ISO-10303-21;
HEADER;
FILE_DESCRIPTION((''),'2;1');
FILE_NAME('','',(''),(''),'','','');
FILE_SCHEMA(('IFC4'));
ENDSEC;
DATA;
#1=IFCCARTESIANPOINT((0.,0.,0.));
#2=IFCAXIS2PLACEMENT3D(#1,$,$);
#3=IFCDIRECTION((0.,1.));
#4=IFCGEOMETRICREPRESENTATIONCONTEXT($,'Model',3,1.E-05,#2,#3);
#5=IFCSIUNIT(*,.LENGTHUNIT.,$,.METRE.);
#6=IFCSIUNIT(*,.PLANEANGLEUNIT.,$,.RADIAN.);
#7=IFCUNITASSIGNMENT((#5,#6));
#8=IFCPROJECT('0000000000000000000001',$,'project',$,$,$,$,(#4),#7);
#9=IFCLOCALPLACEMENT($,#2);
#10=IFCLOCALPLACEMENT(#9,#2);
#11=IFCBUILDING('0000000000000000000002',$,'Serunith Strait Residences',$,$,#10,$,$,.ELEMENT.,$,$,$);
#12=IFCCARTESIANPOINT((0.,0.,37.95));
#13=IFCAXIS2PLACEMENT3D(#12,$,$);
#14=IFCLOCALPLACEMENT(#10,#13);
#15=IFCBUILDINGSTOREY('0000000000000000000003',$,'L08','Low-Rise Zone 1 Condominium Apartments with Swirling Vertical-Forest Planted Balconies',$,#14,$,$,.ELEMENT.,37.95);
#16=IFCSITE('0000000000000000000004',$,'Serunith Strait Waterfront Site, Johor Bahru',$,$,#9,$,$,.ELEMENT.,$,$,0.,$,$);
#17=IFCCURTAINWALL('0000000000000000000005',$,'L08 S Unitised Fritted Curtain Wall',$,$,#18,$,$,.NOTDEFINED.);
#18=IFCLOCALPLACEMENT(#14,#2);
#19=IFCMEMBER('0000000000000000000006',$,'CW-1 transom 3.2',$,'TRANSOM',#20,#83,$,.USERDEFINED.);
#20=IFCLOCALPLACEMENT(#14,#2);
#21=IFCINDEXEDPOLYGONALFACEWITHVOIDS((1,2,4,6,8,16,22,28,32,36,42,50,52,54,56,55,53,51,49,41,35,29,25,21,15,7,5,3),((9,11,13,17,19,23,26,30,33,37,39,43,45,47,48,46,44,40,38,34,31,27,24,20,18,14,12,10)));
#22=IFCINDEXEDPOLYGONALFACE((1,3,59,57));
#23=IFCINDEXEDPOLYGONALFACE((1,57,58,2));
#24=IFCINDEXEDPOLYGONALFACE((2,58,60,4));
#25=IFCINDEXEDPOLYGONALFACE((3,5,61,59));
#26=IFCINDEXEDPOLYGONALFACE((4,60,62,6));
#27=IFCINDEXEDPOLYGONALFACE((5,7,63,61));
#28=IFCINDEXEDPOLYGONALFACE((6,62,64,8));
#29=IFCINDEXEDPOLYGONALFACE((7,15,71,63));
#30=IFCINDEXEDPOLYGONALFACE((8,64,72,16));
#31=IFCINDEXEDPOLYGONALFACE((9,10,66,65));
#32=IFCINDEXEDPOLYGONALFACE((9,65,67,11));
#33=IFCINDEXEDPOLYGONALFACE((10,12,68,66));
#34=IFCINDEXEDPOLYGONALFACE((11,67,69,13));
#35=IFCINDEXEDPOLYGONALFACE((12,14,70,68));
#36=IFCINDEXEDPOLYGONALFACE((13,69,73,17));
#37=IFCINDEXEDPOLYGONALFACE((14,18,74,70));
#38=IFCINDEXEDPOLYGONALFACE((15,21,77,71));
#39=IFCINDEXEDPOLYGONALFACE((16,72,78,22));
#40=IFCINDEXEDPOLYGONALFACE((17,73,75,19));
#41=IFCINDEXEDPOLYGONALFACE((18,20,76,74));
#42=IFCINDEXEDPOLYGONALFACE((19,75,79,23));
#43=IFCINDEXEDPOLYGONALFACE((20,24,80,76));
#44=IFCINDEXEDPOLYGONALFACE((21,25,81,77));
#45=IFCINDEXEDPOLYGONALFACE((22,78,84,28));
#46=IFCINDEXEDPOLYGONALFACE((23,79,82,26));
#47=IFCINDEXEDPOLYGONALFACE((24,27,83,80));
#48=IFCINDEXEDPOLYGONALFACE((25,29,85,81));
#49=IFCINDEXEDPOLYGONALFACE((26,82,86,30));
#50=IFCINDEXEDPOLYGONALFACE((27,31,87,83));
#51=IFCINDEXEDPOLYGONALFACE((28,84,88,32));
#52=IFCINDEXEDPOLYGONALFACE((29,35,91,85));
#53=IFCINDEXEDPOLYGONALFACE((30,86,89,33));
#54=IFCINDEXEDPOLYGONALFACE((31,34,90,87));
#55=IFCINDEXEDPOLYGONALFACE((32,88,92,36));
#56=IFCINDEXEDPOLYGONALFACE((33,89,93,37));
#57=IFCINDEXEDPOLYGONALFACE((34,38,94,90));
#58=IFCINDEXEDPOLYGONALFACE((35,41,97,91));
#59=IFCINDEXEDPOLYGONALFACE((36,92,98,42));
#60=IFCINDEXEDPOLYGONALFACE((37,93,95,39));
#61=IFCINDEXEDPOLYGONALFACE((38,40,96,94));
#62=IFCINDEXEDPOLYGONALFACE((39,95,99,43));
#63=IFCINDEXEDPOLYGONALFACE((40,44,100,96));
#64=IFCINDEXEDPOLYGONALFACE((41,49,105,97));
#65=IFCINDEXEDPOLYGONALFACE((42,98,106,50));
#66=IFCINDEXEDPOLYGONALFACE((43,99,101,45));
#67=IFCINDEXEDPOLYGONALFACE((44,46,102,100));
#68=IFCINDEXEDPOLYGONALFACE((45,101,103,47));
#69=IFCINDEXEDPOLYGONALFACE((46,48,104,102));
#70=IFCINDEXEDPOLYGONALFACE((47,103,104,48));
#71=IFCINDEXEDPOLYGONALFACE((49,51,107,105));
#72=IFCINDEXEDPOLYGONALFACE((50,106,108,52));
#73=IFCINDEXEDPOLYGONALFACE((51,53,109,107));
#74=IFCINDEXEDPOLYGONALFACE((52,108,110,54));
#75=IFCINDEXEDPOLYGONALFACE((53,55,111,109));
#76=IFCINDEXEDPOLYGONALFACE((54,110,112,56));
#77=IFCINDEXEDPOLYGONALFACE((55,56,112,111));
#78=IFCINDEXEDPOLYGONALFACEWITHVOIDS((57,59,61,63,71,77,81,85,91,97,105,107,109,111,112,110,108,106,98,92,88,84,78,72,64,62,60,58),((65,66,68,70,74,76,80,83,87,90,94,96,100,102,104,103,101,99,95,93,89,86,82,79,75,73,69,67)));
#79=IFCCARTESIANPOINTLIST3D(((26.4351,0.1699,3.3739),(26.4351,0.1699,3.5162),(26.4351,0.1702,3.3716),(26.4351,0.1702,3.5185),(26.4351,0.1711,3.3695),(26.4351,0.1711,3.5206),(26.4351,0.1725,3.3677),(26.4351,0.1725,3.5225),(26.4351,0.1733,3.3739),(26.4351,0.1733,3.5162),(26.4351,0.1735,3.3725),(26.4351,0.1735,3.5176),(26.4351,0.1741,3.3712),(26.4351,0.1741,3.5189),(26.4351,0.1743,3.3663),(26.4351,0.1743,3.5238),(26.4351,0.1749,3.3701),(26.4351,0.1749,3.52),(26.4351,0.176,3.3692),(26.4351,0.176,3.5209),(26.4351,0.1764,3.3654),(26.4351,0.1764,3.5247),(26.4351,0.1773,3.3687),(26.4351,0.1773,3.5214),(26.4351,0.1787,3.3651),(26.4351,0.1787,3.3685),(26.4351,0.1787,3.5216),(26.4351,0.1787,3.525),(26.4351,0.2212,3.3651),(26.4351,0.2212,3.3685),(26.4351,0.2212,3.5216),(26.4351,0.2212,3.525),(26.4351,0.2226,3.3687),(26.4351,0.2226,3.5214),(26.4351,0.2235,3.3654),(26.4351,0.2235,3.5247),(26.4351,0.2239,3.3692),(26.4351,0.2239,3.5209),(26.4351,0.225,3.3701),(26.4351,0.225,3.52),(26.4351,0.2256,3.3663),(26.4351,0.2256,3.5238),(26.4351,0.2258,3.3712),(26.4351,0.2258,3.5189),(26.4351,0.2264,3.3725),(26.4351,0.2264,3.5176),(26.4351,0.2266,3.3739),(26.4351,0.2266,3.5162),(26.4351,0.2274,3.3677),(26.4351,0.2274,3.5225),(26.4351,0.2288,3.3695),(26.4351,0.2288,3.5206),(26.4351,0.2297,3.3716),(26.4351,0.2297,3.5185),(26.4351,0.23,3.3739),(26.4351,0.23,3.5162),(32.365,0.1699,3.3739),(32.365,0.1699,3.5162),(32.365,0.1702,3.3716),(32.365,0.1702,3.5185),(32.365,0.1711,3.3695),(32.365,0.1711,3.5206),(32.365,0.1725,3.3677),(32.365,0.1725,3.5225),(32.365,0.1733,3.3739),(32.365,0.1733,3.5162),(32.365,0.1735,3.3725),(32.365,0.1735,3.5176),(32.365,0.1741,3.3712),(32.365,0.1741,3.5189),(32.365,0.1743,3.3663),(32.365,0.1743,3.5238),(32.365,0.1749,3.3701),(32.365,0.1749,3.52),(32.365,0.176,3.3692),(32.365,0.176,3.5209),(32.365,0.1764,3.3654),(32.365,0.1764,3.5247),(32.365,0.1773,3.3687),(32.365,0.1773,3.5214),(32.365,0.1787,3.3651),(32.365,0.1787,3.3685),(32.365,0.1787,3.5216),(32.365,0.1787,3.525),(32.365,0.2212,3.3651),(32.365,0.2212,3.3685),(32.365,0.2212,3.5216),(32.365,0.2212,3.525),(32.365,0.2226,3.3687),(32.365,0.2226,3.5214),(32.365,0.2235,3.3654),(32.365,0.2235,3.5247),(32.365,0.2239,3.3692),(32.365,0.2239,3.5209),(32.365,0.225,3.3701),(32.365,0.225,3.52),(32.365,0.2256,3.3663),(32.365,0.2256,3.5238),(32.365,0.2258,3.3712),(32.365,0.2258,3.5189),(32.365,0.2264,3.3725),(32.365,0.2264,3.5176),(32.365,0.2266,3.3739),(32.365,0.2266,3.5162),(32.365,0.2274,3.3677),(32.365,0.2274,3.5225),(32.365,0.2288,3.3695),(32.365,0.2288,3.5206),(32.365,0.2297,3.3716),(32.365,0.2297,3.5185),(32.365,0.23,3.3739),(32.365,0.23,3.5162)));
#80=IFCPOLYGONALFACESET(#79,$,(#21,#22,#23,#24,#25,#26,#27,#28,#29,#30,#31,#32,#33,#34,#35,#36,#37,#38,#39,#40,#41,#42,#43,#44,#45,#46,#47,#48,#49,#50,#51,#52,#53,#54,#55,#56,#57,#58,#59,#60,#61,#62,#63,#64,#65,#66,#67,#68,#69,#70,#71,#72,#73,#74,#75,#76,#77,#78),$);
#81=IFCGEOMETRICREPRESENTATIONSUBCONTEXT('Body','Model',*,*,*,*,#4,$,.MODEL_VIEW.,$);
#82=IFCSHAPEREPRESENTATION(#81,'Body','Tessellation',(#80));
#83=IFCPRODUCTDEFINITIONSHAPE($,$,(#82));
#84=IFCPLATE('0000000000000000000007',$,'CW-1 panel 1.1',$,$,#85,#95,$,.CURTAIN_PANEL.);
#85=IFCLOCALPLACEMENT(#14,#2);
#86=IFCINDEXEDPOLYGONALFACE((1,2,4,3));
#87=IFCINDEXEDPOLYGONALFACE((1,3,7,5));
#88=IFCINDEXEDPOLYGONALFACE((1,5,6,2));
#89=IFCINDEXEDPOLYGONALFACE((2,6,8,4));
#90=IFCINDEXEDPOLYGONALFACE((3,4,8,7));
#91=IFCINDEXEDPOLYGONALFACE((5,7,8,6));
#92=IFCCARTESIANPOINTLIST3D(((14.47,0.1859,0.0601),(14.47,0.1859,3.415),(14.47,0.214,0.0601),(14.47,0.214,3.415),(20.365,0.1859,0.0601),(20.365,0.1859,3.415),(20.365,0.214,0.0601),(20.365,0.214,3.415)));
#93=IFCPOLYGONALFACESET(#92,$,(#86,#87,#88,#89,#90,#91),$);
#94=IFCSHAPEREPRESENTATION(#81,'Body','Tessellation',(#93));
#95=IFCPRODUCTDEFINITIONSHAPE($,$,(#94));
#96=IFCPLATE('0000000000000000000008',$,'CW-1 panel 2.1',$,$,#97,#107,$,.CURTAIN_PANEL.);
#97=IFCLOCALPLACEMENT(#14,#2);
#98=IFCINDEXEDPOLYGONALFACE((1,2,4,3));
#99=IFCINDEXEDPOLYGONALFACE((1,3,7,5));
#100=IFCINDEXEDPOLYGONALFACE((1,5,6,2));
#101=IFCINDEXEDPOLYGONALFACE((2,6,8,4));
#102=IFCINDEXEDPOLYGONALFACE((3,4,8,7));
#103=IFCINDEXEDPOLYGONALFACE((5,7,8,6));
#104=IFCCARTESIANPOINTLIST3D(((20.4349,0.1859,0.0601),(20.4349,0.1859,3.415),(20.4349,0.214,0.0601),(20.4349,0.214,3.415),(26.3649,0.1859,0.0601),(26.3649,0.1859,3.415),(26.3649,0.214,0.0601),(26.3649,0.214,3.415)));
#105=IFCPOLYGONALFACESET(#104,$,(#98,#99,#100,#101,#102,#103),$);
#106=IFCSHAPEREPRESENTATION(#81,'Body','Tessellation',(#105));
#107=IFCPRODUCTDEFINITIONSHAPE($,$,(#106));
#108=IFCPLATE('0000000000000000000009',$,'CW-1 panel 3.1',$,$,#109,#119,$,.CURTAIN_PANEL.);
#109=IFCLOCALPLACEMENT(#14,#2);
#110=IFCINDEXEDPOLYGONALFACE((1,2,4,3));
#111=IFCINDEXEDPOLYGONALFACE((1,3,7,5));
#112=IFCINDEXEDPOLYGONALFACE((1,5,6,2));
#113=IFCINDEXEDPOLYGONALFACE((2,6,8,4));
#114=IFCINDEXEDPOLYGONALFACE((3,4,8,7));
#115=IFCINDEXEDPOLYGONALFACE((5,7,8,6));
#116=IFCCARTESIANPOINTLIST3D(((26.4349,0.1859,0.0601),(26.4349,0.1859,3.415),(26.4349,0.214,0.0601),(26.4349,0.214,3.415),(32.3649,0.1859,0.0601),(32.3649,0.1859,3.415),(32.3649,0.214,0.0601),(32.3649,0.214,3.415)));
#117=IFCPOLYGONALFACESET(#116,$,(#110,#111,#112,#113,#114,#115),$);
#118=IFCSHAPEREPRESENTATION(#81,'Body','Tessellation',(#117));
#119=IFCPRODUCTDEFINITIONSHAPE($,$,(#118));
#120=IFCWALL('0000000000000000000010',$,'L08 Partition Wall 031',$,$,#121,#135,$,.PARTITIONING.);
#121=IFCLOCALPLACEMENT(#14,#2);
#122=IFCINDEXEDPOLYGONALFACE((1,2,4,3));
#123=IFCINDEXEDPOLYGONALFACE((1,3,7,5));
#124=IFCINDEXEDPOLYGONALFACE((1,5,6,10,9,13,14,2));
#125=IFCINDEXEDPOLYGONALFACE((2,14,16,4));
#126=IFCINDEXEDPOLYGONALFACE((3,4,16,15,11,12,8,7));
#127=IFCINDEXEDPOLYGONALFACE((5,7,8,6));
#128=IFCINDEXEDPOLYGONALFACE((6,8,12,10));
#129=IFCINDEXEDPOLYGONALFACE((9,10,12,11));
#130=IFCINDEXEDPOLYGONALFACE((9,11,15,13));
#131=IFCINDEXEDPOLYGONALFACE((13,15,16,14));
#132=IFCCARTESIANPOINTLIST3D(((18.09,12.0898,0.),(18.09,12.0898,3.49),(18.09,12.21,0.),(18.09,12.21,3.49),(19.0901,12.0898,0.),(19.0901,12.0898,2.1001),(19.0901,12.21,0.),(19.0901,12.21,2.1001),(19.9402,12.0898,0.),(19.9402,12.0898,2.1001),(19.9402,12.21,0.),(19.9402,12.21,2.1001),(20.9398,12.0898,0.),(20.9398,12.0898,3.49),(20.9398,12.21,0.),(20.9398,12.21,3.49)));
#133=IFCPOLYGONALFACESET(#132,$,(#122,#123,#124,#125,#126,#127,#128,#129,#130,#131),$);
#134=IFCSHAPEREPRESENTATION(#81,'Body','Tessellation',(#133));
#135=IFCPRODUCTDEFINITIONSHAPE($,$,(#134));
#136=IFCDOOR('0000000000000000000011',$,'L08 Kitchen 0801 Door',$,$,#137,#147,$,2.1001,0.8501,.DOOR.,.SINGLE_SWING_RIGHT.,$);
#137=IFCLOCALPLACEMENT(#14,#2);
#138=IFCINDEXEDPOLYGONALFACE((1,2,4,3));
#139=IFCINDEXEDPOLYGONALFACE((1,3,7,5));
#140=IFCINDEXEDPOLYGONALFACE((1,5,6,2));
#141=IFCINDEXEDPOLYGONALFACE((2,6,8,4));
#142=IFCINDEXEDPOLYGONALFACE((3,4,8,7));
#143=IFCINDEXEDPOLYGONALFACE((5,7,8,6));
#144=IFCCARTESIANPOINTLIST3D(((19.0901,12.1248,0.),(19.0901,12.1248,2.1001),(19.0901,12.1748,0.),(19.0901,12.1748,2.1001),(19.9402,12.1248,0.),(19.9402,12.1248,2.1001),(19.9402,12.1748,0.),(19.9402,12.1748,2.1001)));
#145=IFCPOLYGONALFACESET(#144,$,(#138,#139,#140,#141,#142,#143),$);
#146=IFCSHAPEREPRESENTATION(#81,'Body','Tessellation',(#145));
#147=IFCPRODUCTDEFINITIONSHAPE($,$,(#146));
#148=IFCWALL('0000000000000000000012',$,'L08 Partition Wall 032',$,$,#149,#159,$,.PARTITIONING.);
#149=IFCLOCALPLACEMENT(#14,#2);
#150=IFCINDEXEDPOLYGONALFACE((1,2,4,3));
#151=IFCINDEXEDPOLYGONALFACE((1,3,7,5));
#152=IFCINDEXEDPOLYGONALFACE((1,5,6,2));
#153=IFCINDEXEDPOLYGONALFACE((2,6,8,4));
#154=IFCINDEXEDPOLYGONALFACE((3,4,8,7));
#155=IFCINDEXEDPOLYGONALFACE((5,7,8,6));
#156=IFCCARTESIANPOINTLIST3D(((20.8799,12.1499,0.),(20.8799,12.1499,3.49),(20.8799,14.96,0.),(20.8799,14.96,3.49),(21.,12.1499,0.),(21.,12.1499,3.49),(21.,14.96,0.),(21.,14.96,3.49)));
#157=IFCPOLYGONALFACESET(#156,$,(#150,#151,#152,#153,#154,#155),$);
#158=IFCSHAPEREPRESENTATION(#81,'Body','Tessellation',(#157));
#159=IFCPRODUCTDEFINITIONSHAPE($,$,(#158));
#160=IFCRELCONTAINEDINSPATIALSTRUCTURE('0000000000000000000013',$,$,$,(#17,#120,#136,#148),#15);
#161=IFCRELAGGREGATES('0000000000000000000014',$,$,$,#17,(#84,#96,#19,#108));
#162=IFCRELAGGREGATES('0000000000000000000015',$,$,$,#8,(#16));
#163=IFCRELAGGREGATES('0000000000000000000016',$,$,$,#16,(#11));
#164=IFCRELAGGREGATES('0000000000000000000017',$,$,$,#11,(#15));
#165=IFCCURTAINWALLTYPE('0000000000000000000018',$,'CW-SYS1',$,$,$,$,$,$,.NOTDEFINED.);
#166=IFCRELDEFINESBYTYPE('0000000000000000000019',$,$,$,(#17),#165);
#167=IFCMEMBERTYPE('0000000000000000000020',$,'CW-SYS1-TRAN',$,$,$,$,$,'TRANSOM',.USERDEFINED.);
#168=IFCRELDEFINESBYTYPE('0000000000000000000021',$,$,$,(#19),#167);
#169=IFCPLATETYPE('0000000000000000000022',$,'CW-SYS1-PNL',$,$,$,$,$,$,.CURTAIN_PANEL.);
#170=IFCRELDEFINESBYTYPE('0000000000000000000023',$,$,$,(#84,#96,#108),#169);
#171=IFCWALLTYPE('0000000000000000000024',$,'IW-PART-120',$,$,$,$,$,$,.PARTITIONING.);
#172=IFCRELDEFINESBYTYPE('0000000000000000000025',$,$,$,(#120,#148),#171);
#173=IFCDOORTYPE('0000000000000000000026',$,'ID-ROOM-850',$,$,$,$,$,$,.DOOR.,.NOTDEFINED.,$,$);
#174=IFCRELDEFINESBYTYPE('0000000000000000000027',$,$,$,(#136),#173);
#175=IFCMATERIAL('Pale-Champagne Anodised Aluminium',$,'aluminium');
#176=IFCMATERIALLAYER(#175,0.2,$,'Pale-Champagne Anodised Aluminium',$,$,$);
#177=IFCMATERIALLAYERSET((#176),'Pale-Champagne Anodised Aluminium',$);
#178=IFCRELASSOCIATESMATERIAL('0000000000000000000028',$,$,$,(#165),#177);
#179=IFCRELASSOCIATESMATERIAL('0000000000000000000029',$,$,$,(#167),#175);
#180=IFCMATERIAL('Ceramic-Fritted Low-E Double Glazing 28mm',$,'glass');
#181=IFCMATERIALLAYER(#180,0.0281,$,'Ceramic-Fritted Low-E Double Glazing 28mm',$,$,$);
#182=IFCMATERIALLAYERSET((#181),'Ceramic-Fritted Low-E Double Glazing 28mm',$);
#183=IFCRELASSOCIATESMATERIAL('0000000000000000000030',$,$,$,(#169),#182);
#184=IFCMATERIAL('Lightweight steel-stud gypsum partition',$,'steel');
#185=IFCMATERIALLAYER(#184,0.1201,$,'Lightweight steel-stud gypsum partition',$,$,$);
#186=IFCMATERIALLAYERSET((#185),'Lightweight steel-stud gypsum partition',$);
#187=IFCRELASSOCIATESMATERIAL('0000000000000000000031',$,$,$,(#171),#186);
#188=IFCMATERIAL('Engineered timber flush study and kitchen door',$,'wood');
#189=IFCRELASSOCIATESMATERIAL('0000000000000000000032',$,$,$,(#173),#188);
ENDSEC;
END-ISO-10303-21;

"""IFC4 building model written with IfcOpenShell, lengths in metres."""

from ifc_helpers import new_model, si_unit, direction, frame, frame_2d, origin, origin_2d, place, context, subcontext, project, spatial, rectangle, hollow_rectangle, extrude, source, transform, mapped, material, layer, layer_set, material_profile, profile_set, type_object, element, fill, aggregate, save


model = new_model("IFC4")

# Units and contexts
model_context = context("Model", 3, precision=1e-05, world=origin(), true_north=direction((0.0, 1.0)))
body_context = subcontext(model_context, "Body", "Model", "MODEL_VIEW")
ifc_project = project(units=[si_unit("LENGTHUNIT", "METRE"), si_unit("PLANEANGLEUNIT", "RADIAN")], contexts=[model_context])

# Site, building, storey
site_placement = place(None, origin())
site = spatial("IfcSite", under=ifc_project, at=site_placement, Name="Serunith Strait Waterfront Site, Johor Bahru", CompositionType="ELEMENT", RefElevation=0.0)
building_placement = place(site_placement, origin())
building = spatial("IfcBuilding", under=site, at=building_placement, Name="Serunith Strait Residences", CompositionType="ELEMENT")
storey_placement = place(building_placement, frame((0.0, 0.0, 37.95)))
storey = spatial("IfcBuildingStorey", under=building, at=storey_placement, Name="L08", Description="Low-Rise Zone 1 Condominium Apartments with Swirling Vertical-Forest Planted Balconies", CompositionType="ELEMENT", Elevation=37.95)

# Curtain wall, member, plates
ifc_material_1 = material(Name="Pale-Champagne Anodised Aluminium", Category="aluminium")
ifc_layer_1 = layer(ifc_material_1, 0.2, Name="Pale-Champagne Anodised Aluminium")
ifc_layer_set_1 = layer_set([ifc_layer_1], Name="Pale-Champagne Anodised Aluminium")
curtain_wall_type = type_object("IfcCurtainWallType", Name="CW-SYS1", PredefinedType="NOTDEFINED", material=ifc_layer_set_1)
curtain_wall_placement = place(storey_placement, origin())
curtain_wall = element("IfcCurtainWall", 1, at=curtain_wall_placement, inside=storey, type_object=curtain_wall_type, Name="L08 S Unitised Fritted Curtain Wall", PredefinedType="NOTDEFINED")
ifc_material_profile_1 = material_profile(ifc_material_1, hollow_rectangle(XDim=0.0601, YDim=0.1599, WallThickness=0.0034, InnerFilletRadius=0.0054, OuterFilletRadius=0.0088, at=origin_2d()), Name="ALU 160x60x3.5")
ifc_profile_set_1 = profile_set([ifc_material_profile_1], Name="Pale-Champagne Anodised Aluminium")
member_type_1 = type_object("IfcMemberType", Name="CW-SYS1-TRAN", ElementType="TRANSOM", PredefinedType="USERDEFINED", material=ifc_profile_set_1)
shared_shape_1 = source(origin(), body_context, "Body", "SweptSolid", [
    extrude(hollow_rectangle(XDim=0.0601, YDim=0.1599, WallThickness=0.0034, InnerFilletRadius=0.0054, OuterFilletRadius=0.0088, at=origin_2d()), origin(), (0.0, 0.0, 1.0), 5.9299),
])
member_1_placement = place(storey_placement, frame((26.4351, 0.2, 3.4451), z_axis=(1.0, 0.0, 0.0), x_axis=(0.0, 1.0, 0.0)))
member_1 = element("IfcMember", 2, at=member_1_placement, type_object=member_type_1, Name="CW-1 transom 3.2", ObjectType="TRANSOM", PredefinedType="USERDEFINED", context=body_context, shape_type="MappedRepresentation", body=[
    mapped(shared_shape_1, transform((0.0, 0.0, 0.0), scale=1.0)),
])
ifc_material_2 = material(Name="Ceramic-Fritted Low-E Double Glazing 28mm", Category="glass")
ifc_layer_2 = layer(ifc_material_2, 0.0281, Name="Ceramic-Fritted Low-E Double Glazing 28mm")
ifc_layer_set_2 = layer_set([ifc_layer_2], Name="Ceramic-Fritted Low-E Double Glazing 28mm")
plate_type = type_object("IfcPlateType", Name="CW-SYS1-PNL", PredefinedType="CURTAIN_PANEL", material=ifc_layer_set_2)
shared_shape_2 = source(origin(), body_context, "Body", "SweptSolid", [
    extrude(rectangle(XDim=5.895, YDim=0.0281, at=origin_2d()), origin(), (0.0, 0.0, 1.0), 3.355),
])
plate_1_placement = place(storey_placement, frame((17.4175, 0.2, 0.0601), z_axis=(0.0, 0.0, 1.0), x_axis=(1.0, 0.0, 0.0)))
plate_1 = element("IfcPlate", 3, at=plate_1_placement, type_object=plate_type, Name="CW-1 panel 1.1", PredefinedType="CURTAIN_PANEL", context=body_context, shape_type="MappedRepresentation", body=[
    mapped(shared_shape_2, transform((0.0, 0.0, 0.0), scale=1.0)),
])
shared_shape_3 = source(origin(), body_context, "Body", "SweptSolid", [
    extrude(rectangle(XDim=5.9299, YDim=0.0281, at=origin_2d()), origin(), (0.0, 0.0, 1.0), 3.355),
])
plate_2_placement = place(storey_placement, frame((23.3999, 0.2, 0.0601), z_axis=(0.0, 0.0, 1.0), x_axis=(1.0, 0.0, 0.0)))
plate_2 = element("IfcPlate", 4, at=plate_2_placement, type_object=plate_type, Name="CW-1 panel 2.1", PredefinedType="CURTAIN_PANEL", context=body_context, shape_type="MappedRepresentation", body=[
    mapped(shared_shape_3, transform((0.0, 0.0, 0.0), scale=1.0)),
])
plate_3_placement = place(storey_placement, frame((29.3999, 0.2, 0.0601), z_axis=(0.0, 0.0, 1.0), x_axis=(1.0, 0.0, 0.0)))
plate_3 = element("IfcPlate", 5, at=plate_3_placement, type_object=plate_type, Name="CW-1 panel 3.1", PredefinedType="CURTAIN_PANEL", context=body_context, shape_type="MappedRepresentation", body=[
    mapped(shared_shape_3, transform((0.0, 0.0, 0.0), scale=1.0)),
])
aggregate(curtain_wall, [plate_1, plate_2, member_1, plate_3])

# Wall, opening, door
ifc_material_3 = material(Name="Lightweight steel-stud gypsum partition", Category="steel")
ifc_layer_3 = layer(ifc_material_3, 0.1201, Name="Lightweight steel-stud gypsum partition")
ifc_layer_set_3 = layer_set([ifc_layer_3], Name="Lightweight steel-stud gypsum partition")
wall_type_1 = type_object("IfcWallType", Name="IW-PART-120", PredefinedType="PARTITIONING", material=ifc_layer_set_3)
wall_1_placement = place(storey_placement, frame((18.0901, 12.1499, 0.0), z_axis=(0.0, 0.0, 1.0), x_axis=(1.0, 0.0, 0.0)))
wall_1 = element("IfcWall", 6, at=wall_1_placement, inside=storey, type_object=wall_type_1, Name="L08 Partition Wall 031", PredefinedType="PARTITIONING", context=body_context, shape_type="SweptSolid", body=[
    extrude(rectangle(XDim=2.8499, YDim=0.1201, at=frame_2d((1.4248, 0.0))), origin(), (0.0, 0.0, 1.0), 3.49),
])
opening_1_placement = place(wall_1_placement, frame((1.0, 0.0, 0.0)))
opening_1 = element("IfcOpeningElement", 7, at=opening_1_placement, cuts=wall_1, PredefinedType="OPENING", context=body_context, shape_type="SweptSolid", body=[
    extrude(rectangle(XDim=0.8501, YDim=2.1001, at=frame_2d((0.425, 1.05))), frame((0.0, 0.0701, 0.0), z_axis=(0.0, -1.0, 0.0), x_axis=(1.0, 0.0, 0.0)), (0.0, 0.0, 1.0), 0.1401),
])
ifc_material_4 = material(Name="Engineered timber flush study and kitchen door", Category="wood")
door_type_1 = type_object("IfcDoorType", Name="ID-ROOM-850", OperationType="NOTDEFINED", PredefinedType="DOOR", material=ifc_material_4)
shared_shape_4 = source(origin(), body_context, "Body", "SweptSolid", [
    extrude(rectangle(XDim=0.8501, YDim=2.1001, at=frame_2d((0.425, 1.05))), frame((0.0, 0.0249, 0.0), z_axis=(0.0, -1.0, 0.0), x_axis=(1.0, 0.0, 0.0)), (0.0, 0.0, 1.0), 0.05),
])
door_1_placement = place(opening_1_placement, origin())
door_1 = element("IfcDoor", 8, at=door_1_placement, inside=storey, type_object=door_type_1, Name="L08 Kitchen 0801 Door", OperationType="SINGLE_SWING_RIGHT", OverallHeight=2.1001, OverallWidth=0.8501, PredefinedType="DOOR", context=body_context, shape_type="MappedRepresentation", body=[
    mapped(shared_shape_4, transform((0.0, 0.0, 0.0), scale=1.0)),
])
fill(opening_1, door_1)

# Wall
wall_2_placement = place(storey_placement, frame((20.9399, 12.1499, 0.0), z_axis=(0.0, 0.0, 1.0), x_axis=(0.0, 1.0, 0.0)))
element("IfcWall", 9, at=wall_2_placement, inside=storey, type_object=wall_type_1, Name="L08 Partition Wall 032", PredefinedType="PARTITIONING", context=body_context, shape_type="SweptSolid", body=[
    extrude(rectangle(XDim=2.8101, YDim=0.1201, at=frame_2d((1.405, 0.0))), origin(), (0.0, 0.0, 1.0), 3.49),
])

save(model, "model.ifc")
